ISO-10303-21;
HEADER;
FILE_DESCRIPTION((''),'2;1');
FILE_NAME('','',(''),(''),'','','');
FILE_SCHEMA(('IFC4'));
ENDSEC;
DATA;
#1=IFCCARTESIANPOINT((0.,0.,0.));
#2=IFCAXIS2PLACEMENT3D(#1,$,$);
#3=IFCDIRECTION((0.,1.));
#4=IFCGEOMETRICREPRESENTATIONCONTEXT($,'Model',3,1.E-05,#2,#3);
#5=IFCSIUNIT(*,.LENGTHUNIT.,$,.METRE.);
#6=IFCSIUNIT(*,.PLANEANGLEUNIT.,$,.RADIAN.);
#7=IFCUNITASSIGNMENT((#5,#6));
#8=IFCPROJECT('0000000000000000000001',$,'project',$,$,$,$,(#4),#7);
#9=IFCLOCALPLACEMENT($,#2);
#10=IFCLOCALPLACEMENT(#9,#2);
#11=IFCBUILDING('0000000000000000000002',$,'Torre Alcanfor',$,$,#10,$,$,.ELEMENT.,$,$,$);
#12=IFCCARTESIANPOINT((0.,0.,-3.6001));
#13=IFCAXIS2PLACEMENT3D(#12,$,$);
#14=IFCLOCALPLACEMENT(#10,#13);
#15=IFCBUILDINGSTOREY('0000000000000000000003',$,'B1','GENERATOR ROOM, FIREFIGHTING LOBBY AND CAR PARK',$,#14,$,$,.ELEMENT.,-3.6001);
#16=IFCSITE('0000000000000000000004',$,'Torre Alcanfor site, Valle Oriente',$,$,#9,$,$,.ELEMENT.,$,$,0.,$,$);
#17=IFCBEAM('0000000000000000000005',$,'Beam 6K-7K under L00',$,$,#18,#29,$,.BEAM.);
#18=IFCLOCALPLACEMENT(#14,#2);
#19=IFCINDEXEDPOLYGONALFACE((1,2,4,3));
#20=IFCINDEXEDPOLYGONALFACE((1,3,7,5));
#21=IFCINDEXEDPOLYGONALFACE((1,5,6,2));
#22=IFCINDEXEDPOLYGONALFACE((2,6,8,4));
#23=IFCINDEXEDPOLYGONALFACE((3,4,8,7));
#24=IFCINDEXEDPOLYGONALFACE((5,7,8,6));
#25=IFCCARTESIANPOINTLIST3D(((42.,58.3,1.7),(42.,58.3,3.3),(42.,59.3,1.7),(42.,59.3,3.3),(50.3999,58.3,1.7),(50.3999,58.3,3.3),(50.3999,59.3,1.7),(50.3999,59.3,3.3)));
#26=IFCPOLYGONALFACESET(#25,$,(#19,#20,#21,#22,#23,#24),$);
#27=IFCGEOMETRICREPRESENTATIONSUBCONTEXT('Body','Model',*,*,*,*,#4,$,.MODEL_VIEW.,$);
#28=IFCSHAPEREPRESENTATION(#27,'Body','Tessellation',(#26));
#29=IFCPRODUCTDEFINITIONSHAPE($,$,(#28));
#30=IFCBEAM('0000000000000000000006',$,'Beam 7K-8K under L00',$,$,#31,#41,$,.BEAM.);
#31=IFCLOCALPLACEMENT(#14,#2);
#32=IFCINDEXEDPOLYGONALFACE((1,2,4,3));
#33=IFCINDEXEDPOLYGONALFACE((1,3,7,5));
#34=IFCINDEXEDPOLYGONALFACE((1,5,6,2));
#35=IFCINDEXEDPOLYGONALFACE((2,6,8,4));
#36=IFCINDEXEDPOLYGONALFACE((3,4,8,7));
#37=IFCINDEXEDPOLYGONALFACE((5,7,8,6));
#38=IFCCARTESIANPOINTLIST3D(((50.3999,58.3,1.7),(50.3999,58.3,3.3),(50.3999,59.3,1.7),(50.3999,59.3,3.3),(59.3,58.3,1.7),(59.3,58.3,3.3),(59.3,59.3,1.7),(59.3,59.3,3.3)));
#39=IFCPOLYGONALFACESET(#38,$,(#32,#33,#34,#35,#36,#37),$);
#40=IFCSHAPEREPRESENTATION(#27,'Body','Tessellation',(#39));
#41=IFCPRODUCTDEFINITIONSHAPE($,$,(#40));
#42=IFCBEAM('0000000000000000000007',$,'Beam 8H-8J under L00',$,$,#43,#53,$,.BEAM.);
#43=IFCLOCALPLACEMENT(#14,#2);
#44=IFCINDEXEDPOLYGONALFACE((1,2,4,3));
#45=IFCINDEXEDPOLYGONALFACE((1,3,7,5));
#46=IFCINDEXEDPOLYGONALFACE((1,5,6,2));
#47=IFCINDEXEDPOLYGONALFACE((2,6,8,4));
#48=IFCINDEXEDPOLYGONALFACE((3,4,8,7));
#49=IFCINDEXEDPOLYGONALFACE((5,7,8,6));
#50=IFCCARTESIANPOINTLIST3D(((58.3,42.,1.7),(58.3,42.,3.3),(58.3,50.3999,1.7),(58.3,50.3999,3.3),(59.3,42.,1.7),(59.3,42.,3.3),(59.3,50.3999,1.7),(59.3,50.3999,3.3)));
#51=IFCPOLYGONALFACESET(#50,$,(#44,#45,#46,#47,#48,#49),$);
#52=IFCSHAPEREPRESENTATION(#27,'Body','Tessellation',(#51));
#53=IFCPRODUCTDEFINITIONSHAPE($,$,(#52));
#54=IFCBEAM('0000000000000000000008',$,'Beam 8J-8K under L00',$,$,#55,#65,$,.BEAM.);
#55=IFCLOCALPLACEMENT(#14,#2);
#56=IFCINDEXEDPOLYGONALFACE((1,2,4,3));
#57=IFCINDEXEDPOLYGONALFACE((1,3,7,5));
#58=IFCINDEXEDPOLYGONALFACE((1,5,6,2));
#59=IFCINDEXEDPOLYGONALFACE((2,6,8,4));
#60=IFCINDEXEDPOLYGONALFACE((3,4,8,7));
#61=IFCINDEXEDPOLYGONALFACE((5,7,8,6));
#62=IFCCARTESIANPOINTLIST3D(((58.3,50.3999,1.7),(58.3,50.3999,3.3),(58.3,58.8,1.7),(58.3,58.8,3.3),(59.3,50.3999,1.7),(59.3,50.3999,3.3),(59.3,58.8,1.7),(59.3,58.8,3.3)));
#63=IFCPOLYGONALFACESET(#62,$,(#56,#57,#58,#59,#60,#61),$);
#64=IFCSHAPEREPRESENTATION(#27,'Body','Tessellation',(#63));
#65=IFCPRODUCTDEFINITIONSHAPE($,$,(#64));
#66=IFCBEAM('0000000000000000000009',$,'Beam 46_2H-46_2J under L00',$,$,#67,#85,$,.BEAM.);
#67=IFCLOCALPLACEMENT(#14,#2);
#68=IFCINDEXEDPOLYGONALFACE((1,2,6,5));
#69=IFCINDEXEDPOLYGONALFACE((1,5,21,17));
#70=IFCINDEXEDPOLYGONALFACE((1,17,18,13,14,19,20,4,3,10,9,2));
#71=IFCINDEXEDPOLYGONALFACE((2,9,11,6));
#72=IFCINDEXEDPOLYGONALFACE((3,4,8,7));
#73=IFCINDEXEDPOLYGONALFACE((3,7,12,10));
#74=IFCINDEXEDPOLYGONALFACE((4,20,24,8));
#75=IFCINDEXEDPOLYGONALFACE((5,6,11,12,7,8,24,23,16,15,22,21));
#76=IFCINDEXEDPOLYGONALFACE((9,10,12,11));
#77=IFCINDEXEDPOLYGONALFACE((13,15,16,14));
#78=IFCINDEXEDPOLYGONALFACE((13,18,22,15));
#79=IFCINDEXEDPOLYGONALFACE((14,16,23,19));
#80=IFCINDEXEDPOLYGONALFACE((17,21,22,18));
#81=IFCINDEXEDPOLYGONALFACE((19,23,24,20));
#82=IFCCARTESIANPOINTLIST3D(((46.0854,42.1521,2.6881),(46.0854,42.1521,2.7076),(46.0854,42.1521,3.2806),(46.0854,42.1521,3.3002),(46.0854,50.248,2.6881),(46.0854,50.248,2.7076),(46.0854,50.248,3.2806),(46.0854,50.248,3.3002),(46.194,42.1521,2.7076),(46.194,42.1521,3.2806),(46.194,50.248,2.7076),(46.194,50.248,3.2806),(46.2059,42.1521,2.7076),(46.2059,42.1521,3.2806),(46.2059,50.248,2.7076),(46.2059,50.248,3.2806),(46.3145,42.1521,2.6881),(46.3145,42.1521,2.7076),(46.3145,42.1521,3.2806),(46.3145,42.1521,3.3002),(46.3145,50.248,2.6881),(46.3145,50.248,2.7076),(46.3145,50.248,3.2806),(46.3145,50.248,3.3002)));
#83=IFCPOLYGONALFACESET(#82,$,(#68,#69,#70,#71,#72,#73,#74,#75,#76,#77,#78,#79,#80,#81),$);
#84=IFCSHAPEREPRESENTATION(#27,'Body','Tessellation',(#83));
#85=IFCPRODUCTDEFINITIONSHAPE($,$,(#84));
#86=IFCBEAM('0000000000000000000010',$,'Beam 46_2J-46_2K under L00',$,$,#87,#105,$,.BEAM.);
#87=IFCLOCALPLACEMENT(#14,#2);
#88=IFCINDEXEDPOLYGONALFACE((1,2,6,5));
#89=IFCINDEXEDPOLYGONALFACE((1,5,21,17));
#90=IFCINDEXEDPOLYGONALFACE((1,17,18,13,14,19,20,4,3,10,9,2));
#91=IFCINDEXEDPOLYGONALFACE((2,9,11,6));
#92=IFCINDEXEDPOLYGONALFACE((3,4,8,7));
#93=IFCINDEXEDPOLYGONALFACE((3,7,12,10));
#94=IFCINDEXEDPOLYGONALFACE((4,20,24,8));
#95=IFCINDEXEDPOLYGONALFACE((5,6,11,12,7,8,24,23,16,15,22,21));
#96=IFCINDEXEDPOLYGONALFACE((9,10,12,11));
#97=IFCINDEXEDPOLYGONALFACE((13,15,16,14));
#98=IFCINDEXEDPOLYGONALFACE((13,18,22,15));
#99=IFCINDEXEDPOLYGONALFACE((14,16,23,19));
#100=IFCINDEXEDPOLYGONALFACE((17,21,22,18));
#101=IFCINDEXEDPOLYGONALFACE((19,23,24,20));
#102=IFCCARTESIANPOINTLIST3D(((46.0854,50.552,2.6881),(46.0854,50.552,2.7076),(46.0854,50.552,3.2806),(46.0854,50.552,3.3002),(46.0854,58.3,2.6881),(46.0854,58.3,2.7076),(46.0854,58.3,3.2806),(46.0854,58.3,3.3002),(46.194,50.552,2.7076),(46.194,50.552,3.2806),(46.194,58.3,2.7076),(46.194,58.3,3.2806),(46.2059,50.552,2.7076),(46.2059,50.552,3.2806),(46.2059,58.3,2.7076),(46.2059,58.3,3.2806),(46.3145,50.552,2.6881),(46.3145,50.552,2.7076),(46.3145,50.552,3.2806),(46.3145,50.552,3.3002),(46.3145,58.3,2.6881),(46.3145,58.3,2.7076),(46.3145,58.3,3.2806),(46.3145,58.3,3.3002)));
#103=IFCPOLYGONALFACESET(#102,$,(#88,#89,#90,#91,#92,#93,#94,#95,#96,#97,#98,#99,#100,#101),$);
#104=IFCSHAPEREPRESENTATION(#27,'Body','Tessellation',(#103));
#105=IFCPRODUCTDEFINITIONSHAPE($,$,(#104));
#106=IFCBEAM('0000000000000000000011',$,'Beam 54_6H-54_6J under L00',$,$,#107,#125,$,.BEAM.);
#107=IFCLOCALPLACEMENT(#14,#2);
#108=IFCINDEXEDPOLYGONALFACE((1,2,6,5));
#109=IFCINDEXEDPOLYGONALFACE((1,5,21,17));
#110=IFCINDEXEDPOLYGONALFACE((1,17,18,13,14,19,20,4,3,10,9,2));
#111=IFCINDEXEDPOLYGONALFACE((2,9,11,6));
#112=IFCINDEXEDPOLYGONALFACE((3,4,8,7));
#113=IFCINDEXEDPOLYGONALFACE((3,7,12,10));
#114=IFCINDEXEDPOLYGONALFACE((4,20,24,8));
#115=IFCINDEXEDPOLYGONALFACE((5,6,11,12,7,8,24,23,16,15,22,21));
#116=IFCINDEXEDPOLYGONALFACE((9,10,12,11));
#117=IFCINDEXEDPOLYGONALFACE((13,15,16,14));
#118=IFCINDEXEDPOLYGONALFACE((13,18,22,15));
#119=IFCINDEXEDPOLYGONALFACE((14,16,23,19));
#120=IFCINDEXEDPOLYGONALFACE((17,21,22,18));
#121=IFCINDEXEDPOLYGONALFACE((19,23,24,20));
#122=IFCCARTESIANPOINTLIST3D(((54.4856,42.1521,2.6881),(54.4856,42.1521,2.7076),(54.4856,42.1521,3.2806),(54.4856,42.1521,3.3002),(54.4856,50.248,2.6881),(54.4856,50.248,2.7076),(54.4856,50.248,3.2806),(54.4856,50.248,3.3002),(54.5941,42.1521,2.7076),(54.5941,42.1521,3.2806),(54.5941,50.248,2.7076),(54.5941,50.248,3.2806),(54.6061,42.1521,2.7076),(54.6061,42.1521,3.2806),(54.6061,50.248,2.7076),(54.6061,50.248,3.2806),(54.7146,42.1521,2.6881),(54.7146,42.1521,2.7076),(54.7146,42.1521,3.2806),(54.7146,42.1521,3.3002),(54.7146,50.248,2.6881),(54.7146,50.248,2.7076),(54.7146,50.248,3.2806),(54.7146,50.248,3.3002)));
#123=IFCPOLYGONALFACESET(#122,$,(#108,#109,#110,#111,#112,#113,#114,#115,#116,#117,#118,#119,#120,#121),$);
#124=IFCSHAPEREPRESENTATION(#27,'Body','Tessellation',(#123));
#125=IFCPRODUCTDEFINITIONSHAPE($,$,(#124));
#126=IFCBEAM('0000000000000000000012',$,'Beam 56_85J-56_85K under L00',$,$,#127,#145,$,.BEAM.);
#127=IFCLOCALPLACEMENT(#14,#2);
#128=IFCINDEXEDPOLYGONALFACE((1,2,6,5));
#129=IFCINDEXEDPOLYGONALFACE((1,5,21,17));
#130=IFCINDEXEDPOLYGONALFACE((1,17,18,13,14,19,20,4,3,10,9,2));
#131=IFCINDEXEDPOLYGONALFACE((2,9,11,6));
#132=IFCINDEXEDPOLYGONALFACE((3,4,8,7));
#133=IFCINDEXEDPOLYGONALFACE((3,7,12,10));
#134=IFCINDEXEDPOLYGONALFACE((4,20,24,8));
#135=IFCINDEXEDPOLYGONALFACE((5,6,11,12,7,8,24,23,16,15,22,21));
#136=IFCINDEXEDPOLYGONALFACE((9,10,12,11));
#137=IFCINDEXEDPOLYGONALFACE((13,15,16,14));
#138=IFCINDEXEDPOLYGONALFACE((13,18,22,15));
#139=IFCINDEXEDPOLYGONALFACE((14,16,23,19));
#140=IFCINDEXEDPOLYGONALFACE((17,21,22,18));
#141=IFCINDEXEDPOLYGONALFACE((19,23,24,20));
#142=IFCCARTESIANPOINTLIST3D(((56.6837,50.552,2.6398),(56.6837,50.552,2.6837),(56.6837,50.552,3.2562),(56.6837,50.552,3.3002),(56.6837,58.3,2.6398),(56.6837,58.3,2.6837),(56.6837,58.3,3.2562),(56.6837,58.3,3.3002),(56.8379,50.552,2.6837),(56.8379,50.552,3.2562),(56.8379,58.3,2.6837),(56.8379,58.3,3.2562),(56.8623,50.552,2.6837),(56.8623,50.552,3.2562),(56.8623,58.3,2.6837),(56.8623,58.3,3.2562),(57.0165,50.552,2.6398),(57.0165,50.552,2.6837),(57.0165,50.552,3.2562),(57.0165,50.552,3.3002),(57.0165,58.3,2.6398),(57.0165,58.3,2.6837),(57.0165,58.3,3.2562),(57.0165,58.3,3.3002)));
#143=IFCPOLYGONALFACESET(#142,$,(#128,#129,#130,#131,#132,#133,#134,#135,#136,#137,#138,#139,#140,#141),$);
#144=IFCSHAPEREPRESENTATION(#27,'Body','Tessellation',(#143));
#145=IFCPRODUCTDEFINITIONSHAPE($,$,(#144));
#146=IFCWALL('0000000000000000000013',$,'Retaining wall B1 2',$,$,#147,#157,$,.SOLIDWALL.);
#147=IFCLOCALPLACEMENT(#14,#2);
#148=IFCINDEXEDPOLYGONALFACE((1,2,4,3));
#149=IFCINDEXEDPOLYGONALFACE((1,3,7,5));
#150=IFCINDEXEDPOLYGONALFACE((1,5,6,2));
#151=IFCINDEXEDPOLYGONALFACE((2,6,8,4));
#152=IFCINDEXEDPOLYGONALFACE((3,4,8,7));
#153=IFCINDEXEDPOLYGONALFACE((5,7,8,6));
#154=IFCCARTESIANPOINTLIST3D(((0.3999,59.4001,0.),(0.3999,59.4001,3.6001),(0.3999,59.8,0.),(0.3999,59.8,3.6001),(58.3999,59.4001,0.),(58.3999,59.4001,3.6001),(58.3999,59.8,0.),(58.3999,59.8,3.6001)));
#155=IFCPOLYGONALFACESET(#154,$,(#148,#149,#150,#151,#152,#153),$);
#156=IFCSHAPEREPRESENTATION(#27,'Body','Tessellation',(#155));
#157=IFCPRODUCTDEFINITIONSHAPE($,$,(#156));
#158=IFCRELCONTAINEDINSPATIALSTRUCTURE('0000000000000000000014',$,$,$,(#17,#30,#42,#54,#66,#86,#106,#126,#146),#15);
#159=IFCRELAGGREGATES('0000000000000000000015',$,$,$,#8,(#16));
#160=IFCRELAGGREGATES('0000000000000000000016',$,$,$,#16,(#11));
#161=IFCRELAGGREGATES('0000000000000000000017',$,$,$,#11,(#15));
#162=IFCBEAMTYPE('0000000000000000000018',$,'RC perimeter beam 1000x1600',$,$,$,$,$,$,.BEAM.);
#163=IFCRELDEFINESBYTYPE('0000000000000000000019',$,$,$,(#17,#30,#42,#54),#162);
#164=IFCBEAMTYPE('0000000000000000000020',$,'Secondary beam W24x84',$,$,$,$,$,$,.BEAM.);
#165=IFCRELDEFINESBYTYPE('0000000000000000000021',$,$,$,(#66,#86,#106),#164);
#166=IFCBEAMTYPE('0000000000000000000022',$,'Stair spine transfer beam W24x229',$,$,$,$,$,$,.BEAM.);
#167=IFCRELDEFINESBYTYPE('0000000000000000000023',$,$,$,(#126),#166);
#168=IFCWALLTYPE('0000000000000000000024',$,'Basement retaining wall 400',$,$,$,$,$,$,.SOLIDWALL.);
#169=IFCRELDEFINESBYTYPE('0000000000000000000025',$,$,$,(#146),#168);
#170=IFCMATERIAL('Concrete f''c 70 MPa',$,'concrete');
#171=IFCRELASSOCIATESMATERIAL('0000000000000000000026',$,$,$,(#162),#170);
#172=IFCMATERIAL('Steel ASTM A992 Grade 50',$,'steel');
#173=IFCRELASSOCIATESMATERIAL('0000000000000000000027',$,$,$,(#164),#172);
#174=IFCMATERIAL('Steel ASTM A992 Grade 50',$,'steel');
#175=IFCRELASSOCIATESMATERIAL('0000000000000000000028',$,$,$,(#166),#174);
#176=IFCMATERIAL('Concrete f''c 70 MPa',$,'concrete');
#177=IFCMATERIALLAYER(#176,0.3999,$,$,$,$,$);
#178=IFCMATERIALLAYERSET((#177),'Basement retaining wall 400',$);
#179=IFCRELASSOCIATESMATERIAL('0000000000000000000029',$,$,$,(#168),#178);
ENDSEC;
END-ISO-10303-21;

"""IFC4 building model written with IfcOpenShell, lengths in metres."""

from ifc_helpers import new_model, si_unit, direction, frame, frame_2d, origin, origin_2d, place, context, subcontext, project, spatial, rectangle, i_section, extrude, material, layer, layer_set, material_profile, profile_set, type_object, element, save


model = new_model("IFC4")

# Units and contexts
model_context = context("Model", 3, precision=1e-05, world=origin(), true_north=direction((0.0, 1.0)))
body_context = subcontext(model_context, "Body", "Model", "MODEL_VIEW")
ifc_project = project(units=[si_unit("LENGTHUNIT", "METRE"), si_unit("PLANEANGLEUNIT", "RADIAN")], contexts=[model_context])

# Site, building, storey
site_placement = place(None, origin())
site = spatial("IfcSite", under=ifc_project, at=site_placement, Name="Torre Alcanfor site, Valle Oriente", CompositionType="ELEMENT", RefElevation=0.0)
building_placement = place(site_placement, origin())
building = spatial("IfcBuilding", under=site, at=building_placement, Name="Torre Alcanfor", CompositionType="ELEMENT")
storey_placement = place(building_placement, frame((0.0, 0.0, -3.6001)))
storey = spatial("IfcBuildingStorey", under=building, at=storey_placement, Name="B1", Description="GENERATOR ROOM, FIREFIGHTING LOBBY AND CAR PARK", CompositionType="ELEMENT", Elevation=-3.6001)

# Beams
ifc_material_1 = material(Name="Concrete f'c 70 MPa", Category="concrete")
ifc_material_profile_1 = material_profile(ifc_material_1, rectangle(XDim=1.0, YDim=1.6001, at=origin_2d()), Name="1000x1600")
ifc_profile_set_1 = profile_set([ifc_material_profile_1], Name="Concrete f'c 70 MPa")
beam_type_1 = type_object("IfcBeamType", Name="RC perimeter beam 1000x1600", PredefinedType="BEAM", material=ifc_profile_set_1)
beam_1_placement = place(storey_placement, frame((42.0, 58.8, 2.5), z_axis=(1.0, 0.0, 0.0), x_axis=(0.0, 1.0, 0.0)))
element("IfcBeam", 1, at=beam_1_placement, inside=storey, type_object=beam_type_1, Name="Beam 6K-7K under L00", PredefinedType="BEAM", context=body_context, shape_type="SweptSolid", body=[
    extrude(rectangle(XDim=1.0, YDim=1.6001, at=origin_2d()), origin(), (0.0, 0.0, 1.0), 8.3999),
])
beam_2_placement = place(storey_placement, frame((50.3999, 58.8, 2.5), z_axis=(1.0, 0.0, 0.0), x_axis=(0.0, 1.0, 0.0)))
element("IfcBeam", 2, at=beam_2_placement, inside=storey, type_object=beam_type_1, Name="Beam 7K-8K under L00", PredefinedType="BEAM", context=body_context, shape_type="SweptSolid", body=[
    extrude(rectangle(XDim=1.0, YDim=1.6001, at=origin_2d()), origin(), (0.0, 0.0, 1.0), 8.9001),
])
beam_3_placement = place(storey_placement, frame((58.8, 42.0, 2.5), z_axis=(0.0, 1.0, 0.0), x_axis=(-1.0, 0.0, 0.0)))
element("IfcBeam", 3, at=beam_3_placement, inside=storey, type_object=beam_type_1, Name="Beam 8H-8J under L00", PredefinedType="BEAM", context=body_context, shape_type="SweptSolid", body=[
    extrude(rectangle(XDim=1.0, YDim=1.6001, at=origin_2d()), origin(), (0.0, 0.0, 1.0), 8.3999),
])
beam_4_placement = place(storey_placement, frame((58.8, 50.3999, 2.5), z_axis=(0.0, 1.0, 0.0), x_axis=(-1.0, 0.0, 0.0)))
element("IfcBeam", 4, at=beam_4_placement, inside=storey, type_object=beam_type_1, Name="Beam 8J-8K under L00", PredefinedType="BEAM", context=body_context, shape_type="SweptSolid", body=[
    extrude(rectangle(XDim=1.0, YDim=1.6001, at=origin_2d()), origin(), (0.0, 0.0, 1.0), 8.4001),
])
ifc_material_2 = material(Name="Steel ASTM A992 Grade 50", Category="steel")
ifc_material_profile_2 = material_profile(ifc_material_2, i_section(OverallWidth=0.229, OverallDepth=0.6121, WebThickness=0.012, FlangeThickness=0.0195, at=origin_2d()), Name="W24x84")
ifc_profile_set_2 = profile_set([ifc_material_profile_2], Name="Steel ASTM A992 Grade 50")
beam_type_2 = type_object("IfcBeamType", Name="Secondary beam W24x84", PredefinedType="BEAM", material=ifc_profile_set_2)
beam_5_placement = place(storey_placement, frame((46.2, 42.1521, 2.9941), z_axis=(0.0, 1.0, 0.0), x_axis=(-1.0, 0.0, 0.0)))
element("IfcBeam", 5, at=beam_5_placement, inside=storey, type_object=beam_type_2, Name="Beam 46_2H-46_2J under L00", PredefinedType="BEAM", context=body_context, shape_type="SweptSolid", body=[
    extrude(i_section(OverallWidth=0.229, OverallDepth=0.6121, WebThickness=0.012, FlangeThickness=0.0195, at=origin_2d()), origin(), (0.0, 0.0, 1.0), 8.0959),
])
beam_6_placement = place(storey_placement, frame((46.2, 50.552, 2.9941), z_axis=(0.0, 1.0, 0.0), x_axis=(-1.0, 0.0, 0.0)))
element("IfcBeam", 6, at=beam_6_placement, inside=storey, type_object=beam_type_2, Name="Beam 46_2J-46_2K under L00", PredefinedType="BEAM", context=body_context, shape_type="SweptSolid", body=[
    extrude(i_section(OverallWidth=0.229, OverallDepth=0.6121, WebThickness=0.012, FlangeThickness=0.0195, at=origin_2d()), origin(), (0.0, 0.0, 1.0), 7.748),
])
beam_7_placement = place(storey_placement, frame((54.6001, 42.1521, 2.9941), z_axis=(0.0, 1.0, 0.0), x_axis=(-1.0, 0.0, 0.0)))
element("IfcBeam", 7, at=beam_7_placement, inside=storey, type_object=beam_type_2, Name="Beam 54_6H-54_6J under L00", PredefinedType="BEAM", context=body_context, shape_type="SweptSolid", body=[
    extrude(i_section(OverallWidth=0.229, OverallDepth=0.6121, WebThickness=0.012, FlangeThickness=0.0195, at=origin_2d()), origin(), (0.0, 0.0, 1.0), 8.0959),
])
ifc_material_3 = material(Name="Steel ASTM A992 Grade 50", Category="steel")
ifc_material_profile_3 = material_profile(ifc_material_3, i_section(OverallWidth=0.3328, OverallDepth=0.6604, WebThickness=0.0244, FlangeThickness=0.0439, at=origin_2d()), Name="W24x229")
ifc_profile_set_3 = profile_set([ifc_material_profile_3], Name="Steel ASTM A992 Grade 50")
beam_type_3 = type_object("IfcBeamType", Name="Stair spine transfer beam W24x229", PredefinedType="BEAM", material=ifc_profile_set_3)
beam_8_placement = place(storey_placement, frame((56.8501, 50.552, 2.97), z_axis=(0.0, 1.0, 0.0), x_axis=(-1.0, 0.0, 0.0)))
element("IfcBeam", 8, at=beam_8_placement, inside=storey, type_object=beam_type_3, Name="Beam 56_85J-56_85K under L00", PredefinedType="BEAM", context=body_context, shape_type="SweptSolid", body=[
    extrude(i_section(OverallWidth=0.3328, OverallDepth=0.6604, WebThickness=0.0244, FlangeThickness=0.0439, at=origin_2d()), origin(), (0.0, 0.0, 1.0), 7.748),
])

# Wall
ifc_material_4 = material(Name="Concrete f'c 70 MPa", Category="concrete")
ifc_layer_1 = layer(ifc_material_4, 0.3999)
ifc_layer_set_1 = layer_set([ifc_layer_1], Name="Basement retaining wall 400")
wall_type_1 = type_object("IfcWallType", Name="Basement retaining wall 400", PredefinedType="SOLIDWALL", material=ifc_layer_set_1)
wall_1_placement = place(storey_placement, frame((58.3999, 59.6001, 0.0), z_axis=(0.0, 0.0, 1.0), x_axis=(-1.0, 0.0, 0.0)))
element("IfcWall", 9, at=wall_1_placement, inside=storey, type_object=wall_type_1, Name="Retaining wall B1 2", PredefinedType="SOLIDWALL", context=body_context, shape_type="SweptSolid", body=[
    extrude(rectangle(XDim=58.0, YDim=0.3999, at=frame_2d((29.0, 0.0))), origin(), (0.0, 0.0, 1.0), 3.6001),
])

save(model, "model.ifc")
